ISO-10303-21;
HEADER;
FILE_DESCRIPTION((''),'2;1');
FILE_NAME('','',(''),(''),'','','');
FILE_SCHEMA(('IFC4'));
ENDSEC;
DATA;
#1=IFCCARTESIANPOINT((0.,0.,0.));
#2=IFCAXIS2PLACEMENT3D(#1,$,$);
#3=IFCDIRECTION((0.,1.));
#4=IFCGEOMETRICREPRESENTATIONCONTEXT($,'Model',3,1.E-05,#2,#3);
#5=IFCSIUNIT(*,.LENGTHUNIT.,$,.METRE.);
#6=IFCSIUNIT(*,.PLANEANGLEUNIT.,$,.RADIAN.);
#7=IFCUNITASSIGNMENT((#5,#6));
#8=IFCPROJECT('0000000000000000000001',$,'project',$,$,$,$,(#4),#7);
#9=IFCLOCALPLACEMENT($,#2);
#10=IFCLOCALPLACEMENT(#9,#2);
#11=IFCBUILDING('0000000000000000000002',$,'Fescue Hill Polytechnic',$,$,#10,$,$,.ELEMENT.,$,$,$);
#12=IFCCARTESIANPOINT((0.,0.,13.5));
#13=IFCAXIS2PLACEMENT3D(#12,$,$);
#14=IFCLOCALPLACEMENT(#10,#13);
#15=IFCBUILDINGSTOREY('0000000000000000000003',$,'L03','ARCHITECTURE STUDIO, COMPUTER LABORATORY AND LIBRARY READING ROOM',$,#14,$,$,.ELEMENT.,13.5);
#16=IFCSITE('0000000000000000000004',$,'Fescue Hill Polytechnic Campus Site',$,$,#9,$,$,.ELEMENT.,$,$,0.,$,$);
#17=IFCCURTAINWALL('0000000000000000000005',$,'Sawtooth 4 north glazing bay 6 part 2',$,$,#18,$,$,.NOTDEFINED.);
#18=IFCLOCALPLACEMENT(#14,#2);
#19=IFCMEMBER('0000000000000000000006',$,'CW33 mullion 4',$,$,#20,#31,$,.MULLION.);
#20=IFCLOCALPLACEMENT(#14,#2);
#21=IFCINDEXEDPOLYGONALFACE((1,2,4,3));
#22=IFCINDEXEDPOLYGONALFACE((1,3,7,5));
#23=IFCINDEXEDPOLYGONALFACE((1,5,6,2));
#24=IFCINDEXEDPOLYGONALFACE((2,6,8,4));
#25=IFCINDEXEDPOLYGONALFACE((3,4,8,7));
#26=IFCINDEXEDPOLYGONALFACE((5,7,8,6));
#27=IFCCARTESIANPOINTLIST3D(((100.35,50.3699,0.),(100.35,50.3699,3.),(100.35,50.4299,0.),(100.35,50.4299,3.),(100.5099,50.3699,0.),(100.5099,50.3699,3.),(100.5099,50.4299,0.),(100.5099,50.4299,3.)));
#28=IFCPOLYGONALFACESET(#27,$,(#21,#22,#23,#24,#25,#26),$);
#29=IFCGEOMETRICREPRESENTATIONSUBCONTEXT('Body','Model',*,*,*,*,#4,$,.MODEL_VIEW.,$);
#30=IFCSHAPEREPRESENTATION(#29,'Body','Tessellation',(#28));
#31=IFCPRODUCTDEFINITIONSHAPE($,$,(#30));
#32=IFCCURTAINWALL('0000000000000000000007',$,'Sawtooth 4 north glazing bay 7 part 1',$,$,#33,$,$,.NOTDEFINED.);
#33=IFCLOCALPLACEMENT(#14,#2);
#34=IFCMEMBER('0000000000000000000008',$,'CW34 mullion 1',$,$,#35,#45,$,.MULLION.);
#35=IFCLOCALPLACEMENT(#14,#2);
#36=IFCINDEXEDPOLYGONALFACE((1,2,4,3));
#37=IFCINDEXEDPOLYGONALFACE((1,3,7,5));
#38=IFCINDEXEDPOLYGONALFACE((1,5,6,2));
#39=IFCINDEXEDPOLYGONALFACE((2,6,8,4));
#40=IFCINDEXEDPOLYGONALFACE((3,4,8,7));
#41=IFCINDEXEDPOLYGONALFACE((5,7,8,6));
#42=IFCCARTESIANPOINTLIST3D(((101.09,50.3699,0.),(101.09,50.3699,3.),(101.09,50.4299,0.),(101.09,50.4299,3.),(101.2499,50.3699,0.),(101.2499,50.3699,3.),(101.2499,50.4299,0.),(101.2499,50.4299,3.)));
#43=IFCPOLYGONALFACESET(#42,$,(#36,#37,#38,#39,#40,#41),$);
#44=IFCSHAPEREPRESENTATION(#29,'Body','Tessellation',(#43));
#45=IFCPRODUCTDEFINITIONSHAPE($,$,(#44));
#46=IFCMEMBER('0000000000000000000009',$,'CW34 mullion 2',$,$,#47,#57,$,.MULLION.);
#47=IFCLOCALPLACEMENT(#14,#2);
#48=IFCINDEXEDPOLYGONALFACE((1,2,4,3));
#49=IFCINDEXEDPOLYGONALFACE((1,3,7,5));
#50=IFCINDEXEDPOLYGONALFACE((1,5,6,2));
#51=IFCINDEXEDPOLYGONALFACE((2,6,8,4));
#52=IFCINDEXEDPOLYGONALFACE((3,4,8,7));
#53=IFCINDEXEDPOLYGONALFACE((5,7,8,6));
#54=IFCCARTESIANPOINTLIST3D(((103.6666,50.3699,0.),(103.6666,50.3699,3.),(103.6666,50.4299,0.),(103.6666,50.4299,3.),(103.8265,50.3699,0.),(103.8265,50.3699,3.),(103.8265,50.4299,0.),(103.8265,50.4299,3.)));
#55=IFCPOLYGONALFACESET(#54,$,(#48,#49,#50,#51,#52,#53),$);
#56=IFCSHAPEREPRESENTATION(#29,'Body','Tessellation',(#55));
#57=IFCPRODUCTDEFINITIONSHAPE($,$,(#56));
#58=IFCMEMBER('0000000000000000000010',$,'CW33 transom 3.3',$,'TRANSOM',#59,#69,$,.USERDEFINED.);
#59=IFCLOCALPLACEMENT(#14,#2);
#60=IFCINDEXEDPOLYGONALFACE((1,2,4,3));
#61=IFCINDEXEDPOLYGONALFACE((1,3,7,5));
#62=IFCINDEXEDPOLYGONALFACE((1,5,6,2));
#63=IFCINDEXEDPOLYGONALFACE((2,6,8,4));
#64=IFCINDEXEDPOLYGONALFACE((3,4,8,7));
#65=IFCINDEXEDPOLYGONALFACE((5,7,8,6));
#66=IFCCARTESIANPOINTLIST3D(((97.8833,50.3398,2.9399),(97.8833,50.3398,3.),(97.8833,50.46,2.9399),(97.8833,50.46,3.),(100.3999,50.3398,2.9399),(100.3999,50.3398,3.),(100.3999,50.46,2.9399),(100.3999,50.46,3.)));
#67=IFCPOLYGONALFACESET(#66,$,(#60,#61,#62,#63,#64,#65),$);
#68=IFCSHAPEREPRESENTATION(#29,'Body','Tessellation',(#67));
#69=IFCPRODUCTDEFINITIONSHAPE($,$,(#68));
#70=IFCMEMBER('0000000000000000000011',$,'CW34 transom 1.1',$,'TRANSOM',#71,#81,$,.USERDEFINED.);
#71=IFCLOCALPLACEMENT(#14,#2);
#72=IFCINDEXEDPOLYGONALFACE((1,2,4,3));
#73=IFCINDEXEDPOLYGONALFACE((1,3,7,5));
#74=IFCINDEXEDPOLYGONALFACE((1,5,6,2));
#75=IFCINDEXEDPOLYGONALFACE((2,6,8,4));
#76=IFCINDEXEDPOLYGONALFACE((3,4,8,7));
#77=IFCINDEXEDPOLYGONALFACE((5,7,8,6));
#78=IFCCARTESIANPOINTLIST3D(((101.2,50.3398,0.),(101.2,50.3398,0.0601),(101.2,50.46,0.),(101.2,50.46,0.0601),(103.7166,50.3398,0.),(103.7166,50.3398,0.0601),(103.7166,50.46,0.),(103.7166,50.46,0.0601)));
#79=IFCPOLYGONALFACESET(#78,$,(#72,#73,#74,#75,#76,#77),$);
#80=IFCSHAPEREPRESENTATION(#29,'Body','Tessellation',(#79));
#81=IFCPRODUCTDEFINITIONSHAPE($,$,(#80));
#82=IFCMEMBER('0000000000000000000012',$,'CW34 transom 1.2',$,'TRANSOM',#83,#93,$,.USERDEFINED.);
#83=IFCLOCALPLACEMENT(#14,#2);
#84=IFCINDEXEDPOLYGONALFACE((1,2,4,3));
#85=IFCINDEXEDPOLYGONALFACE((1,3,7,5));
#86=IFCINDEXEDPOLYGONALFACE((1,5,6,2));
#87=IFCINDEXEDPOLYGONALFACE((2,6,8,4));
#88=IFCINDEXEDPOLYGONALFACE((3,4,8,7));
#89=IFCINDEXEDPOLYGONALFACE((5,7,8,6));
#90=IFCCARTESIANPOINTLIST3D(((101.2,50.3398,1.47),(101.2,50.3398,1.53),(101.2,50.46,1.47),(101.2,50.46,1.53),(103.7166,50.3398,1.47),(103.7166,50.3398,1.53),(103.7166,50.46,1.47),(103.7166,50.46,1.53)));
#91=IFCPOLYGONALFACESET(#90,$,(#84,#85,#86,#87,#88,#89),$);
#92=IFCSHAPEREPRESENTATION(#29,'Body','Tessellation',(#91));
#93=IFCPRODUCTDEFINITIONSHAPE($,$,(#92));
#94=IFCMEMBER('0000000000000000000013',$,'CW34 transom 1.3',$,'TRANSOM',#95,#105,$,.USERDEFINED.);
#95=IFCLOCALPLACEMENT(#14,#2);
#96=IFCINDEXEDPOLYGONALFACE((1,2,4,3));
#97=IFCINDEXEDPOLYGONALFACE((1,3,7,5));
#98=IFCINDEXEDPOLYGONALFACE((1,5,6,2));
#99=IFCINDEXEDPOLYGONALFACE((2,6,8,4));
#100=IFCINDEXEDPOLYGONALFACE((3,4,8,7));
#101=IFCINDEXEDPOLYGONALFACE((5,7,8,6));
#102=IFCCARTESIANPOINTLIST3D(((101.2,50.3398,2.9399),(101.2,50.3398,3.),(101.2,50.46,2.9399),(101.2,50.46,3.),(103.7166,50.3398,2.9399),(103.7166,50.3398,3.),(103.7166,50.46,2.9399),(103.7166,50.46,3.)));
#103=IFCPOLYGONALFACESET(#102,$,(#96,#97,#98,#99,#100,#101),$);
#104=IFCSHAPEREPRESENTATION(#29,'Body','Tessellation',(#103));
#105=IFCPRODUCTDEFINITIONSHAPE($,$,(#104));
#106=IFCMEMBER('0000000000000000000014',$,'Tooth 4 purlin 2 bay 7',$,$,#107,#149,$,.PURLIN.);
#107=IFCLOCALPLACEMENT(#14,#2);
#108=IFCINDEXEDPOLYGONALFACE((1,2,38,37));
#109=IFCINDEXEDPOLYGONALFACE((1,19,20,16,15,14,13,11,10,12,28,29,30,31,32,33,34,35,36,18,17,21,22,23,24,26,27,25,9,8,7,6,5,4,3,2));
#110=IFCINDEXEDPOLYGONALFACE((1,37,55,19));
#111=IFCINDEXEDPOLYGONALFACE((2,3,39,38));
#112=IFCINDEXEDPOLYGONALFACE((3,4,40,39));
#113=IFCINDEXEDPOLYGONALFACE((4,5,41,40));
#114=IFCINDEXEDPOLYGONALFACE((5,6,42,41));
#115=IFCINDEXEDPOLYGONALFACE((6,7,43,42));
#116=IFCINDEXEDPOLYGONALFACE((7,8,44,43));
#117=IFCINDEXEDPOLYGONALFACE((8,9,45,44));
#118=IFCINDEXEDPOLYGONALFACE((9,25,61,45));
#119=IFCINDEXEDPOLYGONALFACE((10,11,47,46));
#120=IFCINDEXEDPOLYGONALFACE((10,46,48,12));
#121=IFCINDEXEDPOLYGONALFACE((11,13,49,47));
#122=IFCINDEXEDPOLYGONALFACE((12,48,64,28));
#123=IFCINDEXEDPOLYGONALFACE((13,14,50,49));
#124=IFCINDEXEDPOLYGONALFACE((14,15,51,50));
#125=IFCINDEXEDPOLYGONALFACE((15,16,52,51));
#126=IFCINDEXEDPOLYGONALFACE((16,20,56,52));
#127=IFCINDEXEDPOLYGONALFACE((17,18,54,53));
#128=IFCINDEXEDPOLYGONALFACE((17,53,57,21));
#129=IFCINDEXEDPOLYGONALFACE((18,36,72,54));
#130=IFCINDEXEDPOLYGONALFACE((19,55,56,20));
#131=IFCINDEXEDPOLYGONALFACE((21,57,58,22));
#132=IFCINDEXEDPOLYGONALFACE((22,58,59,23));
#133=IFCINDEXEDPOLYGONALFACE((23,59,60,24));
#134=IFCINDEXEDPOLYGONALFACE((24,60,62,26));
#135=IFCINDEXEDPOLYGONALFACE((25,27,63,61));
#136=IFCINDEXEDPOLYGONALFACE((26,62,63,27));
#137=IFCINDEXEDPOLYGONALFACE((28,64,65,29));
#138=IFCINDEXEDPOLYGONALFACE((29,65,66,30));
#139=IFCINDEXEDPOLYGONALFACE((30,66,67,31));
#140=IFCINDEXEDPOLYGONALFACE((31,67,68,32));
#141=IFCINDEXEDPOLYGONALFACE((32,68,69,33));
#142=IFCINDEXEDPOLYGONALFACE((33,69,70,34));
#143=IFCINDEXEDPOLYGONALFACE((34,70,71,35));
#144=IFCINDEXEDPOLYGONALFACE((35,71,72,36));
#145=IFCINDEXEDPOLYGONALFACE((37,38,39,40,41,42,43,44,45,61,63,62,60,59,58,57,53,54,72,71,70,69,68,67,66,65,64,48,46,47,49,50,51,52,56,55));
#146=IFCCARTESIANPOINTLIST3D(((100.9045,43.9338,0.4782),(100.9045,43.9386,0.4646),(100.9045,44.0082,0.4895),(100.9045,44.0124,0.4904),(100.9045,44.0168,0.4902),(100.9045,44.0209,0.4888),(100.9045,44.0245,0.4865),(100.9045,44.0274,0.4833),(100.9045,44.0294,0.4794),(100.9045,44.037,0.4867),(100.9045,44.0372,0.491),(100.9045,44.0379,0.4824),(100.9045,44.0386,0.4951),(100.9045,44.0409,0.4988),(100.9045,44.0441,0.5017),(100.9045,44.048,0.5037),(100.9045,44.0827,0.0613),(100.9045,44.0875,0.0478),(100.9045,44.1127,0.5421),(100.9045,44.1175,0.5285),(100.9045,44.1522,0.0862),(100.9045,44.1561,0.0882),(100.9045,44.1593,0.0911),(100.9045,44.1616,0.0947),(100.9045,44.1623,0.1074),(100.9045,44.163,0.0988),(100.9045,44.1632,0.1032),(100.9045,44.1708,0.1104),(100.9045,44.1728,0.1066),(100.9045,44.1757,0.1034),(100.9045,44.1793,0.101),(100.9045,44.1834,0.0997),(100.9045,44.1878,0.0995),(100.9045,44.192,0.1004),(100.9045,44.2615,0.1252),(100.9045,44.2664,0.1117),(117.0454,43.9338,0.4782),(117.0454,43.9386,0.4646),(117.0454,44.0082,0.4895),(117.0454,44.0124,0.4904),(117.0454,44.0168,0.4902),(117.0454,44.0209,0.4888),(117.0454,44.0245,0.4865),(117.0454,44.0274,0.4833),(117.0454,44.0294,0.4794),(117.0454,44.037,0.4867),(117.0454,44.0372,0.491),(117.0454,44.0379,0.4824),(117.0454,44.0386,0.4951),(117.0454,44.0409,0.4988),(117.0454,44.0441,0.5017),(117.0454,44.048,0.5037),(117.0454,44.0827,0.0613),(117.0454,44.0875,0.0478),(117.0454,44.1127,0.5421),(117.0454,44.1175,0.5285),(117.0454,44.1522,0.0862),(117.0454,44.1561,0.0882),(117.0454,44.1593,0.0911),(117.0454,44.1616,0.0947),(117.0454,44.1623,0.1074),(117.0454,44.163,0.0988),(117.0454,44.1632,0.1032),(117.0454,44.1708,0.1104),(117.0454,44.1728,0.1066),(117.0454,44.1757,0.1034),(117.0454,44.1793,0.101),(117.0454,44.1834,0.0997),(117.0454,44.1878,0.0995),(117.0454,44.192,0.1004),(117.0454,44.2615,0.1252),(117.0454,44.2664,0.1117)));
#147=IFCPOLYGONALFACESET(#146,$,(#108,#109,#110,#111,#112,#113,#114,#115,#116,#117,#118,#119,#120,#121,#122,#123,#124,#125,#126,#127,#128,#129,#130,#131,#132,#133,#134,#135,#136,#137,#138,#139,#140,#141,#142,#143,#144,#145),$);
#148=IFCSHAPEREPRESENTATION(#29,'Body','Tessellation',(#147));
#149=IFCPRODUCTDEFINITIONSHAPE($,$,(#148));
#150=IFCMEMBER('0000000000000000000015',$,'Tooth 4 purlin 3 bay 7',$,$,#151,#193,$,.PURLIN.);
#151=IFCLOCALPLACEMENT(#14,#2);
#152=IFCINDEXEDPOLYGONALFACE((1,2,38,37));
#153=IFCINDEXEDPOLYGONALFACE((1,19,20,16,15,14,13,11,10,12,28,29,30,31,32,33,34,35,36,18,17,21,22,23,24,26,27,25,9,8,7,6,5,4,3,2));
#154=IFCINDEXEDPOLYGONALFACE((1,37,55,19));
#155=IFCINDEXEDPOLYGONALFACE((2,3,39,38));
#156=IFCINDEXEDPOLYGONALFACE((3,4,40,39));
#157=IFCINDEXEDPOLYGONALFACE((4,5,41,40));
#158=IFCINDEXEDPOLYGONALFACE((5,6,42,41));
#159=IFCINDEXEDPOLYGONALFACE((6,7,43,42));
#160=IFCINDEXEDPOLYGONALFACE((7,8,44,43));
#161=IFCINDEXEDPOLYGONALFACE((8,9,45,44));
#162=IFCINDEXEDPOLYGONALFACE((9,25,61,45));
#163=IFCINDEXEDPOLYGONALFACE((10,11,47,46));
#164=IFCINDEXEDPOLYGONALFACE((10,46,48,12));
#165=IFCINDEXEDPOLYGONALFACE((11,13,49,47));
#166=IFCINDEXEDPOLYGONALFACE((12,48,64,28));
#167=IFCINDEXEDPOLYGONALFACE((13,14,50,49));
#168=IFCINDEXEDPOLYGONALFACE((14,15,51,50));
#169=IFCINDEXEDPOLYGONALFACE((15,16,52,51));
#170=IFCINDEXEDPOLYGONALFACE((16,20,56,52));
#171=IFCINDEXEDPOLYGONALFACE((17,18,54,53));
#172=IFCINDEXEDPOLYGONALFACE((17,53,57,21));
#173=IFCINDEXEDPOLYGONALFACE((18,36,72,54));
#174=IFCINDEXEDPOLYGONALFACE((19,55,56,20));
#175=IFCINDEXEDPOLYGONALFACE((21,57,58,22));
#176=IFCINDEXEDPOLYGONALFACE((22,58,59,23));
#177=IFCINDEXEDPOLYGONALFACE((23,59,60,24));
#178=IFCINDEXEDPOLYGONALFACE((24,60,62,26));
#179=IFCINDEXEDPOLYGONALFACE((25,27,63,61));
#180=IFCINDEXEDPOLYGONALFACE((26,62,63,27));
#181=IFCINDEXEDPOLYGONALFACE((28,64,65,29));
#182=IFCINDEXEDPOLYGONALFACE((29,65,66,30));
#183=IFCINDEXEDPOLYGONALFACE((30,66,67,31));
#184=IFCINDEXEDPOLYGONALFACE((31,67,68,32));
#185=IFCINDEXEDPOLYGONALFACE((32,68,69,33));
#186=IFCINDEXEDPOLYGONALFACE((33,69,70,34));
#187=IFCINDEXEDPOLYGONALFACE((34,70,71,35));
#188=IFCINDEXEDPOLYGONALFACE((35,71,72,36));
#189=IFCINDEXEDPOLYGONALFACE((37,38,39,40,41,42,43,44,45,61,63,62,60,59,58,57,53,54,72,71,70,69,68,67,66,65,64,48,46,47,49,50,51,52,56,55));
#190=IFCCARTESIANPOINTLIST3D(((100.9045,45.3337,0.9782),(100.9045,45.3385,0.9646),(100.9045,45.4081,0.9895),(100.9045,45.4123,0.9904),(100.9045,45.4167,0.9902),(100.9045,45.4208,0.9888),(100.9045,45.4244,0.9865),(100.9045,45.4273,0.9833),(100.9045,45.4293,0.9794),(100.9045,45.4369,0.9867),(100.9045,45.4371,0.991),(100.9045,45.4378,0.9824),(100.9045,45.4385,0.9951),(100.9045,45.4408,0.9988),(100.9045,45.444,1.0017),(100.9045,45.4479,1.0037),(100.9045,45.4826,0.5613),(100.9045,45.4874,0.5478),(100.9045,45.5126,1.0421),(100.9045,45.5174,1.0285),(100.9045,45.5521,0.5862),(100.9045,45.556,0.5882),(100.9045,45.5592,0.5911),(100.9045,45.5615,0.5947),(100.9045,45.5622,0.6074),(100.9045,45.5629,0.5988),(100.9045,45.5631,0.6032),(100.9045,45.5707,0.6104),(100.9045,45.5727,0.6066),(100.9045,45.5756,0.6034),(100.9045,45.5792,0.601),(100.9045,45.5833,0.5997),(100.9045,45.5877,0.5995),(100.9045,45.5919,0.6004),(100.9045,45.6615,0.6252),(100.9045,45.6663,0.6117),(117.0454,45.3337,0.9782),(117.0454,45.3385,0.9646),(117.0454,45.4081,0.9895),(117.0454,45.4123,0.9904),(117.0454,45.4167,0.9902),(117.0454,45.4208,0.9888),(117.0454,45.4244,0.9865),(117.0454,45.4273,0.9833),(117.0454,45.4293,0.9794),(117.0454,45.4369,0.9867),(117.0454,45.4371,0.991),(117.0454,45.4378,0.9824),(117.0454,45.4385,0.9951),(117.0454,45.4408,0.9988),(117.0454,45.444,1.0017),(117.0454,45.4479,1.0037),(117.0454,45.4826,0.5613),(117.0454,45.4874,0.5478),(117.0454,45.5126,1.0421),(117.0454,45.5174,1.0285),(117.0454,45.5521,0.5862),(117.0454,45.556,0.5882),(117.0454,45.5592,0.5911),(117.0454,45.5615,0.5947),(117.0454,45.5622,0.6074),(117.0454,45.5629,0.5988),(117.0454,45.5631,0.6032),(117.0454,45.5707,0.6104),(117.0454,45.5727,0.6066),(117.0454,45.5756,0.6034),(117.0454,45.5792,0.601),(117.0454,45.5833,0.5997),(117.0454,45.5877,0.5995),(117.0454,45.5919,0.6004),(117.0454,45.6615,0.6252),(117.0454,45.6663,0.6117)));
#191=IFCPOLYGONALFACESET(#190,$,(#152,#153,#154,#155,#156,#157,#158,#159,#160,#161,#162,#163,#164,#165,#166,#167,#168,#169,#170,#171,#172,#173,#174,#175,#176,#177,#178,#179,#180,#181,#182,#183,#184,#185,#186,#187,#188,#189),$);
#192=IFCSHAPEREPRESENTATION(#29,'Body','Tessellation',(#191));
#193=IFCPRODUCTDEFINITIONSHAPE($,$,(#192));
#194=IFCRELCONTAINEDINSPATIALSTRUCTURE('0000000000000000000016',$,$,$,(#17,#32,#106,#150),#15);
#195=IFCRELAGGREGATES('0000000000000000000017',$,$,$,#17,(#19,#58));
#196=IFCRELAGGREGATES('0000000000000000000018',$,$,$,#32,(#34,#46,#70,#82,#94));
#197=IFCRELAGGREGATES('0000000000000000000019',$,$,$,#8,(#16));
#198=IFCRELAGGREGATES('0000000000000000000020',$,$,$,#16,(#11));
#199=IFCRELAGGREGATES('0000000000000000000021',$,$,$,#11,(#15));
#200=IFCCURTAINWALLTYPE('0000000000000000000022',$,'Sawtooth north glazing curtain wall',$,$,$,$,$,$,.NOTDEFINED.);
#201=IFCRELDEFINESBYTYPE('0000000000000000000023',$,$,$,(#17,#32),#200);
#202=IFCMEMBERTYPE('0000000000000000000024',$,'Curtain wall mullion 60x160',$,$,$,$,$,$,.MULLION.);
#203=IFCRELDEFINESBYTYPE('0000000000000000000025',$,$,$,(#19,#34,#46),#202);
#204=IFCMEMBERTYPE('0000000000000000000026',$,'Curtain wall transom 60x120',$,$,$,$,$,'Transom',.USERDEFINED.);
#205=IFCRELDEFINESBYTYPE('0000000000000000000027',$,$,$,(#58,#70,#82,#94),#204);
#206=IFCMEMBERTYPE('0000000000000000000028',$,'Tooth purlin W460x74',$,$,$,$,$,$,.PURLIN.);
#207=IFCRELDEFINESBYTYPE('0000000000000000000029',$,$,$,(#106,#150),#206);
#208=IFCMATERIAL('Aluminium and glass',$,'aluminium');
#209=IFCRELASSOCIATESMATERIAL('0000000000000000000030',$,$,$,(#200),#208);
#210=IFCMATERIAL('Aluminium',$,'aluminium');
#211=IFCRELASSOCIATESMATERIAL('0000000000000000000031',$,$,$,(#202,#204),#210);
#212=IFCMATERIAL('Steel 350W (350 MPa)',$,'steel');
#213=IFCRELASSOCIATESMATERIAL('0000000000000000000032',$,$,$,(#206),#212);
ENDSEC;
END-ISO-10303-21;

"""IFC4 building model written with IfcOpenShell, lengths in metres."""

from ifc_helpers import new_model, si_unit, direction, frame, origin, origin_2d, place, context, subcontext, project, spatial, rectangle, i_section, extrude, material, material_profile, profile_set, type_object, element, aggregate, save


model = new_model("IFC4")

# Units and contexts
model_context = context("Model", 3, precision=1e-05, world=origin(), true_north=direction((0.0, 1.0)))
body_context = subcontext(model_context, "Body", "Model", "MODEL_VIEW")
ifc_project = project(units=[si_unit("LENGTHUNIT", "METRE"), si_unit("PLANEANGLEUNIT", "RADIAN")], contexts=[model_context])

# Site, building, storey
site_placement = place(None, origin())
site = spatial("IfcSite", under=ifc_project, at=site_placement, Name="Fescue Hill Polytechnic Campus Site", CompositionType="ELEMENT", RefElevation=0.0)
building_placement = place(site_placement, origin())
building = spatial("IfcBuilding", under=site, at=building_placement, Name="Fescue Hill Polytechnic", CompositionType="ELEMENT")
storey_placement = place(building_placement, frame((0.0, 0.0, 13.5)))
storey = spatial("IfcBuildingStorey", under=building, at=storey_placement, Name="L03", Description="ARCHITECTURE STUDIO, COMPUTER LABORATORY AND LIBRARY READING ROOM", CompositionType="ELEMENT", Elevation=13.5)

# Curtain wall, member
ifc_material_1 = material(Name="Aluminium and glass", Category="aluminium")
curtain_wall_type = type_object("IfcCurtainWallType", Name="Sawtooth north glazing curtain wall", PredefinedType="NOTDEFINED", material=ifc_material_1)
curtain_wall_1_placement = place(storey_placement, origin())
curtain_wall_1 = element("IfcCurtainWall", 1, at=curtain_wall_1_placement, inside=storey, type_object=curtain_wall_type, Name="Sawtooth 4 north glazing bay 6 part 2", PredefinedType="NOTDEFINED")
ifc_material_2 = material(Name="Aluminium", Category="aluminium")
ifc_material_profile_1 = material_profile(ifc_material_2, rectangle(XDim=0.0601, YDim=0.1599, at=origin_2d()), Name="Curtain wall mullion 60x160")
ifc_profile_set_1 = profile_set([ifc_material_profile_1], Name="Aluminium")
member_type_1 = type_object("IfcMemberType", Name="Curtain wall mullion 60x160", PredefinedType="MULLION", material=ifc_profile_set_1)
member_1_placement = place(storey_placement, frame((100.4299, 50.3999, 0.0), z_axis=(0.0, 0.0, 1.0), x_axis=(0.0, 1.0, 0.0)))
member_1 = element("IfcMember", 2, at=member_1_placement, type_object=member_type_1, Name="CW33 mullion 4", PredefinedType="MULLION", context=body_context, shape_type="SweptSolid", body=[
    extrude(rectangle(XDim=0.0601, YDim=0.1599, at=origin_2d()), origin(), (0.0, 0.0, 1.0), 3.0),
])

# Curtain wall, members
curtain_wall_2_placement = place(storey_placement, origin())
curtain_wall_2 = element("IfcCurtainWall", 3, at=curtain_wall_2_placement, inside=storey, type_object=curtain_wall_type, Name="Sawtooth 4 north glazing bay 7 part 1", PredefinedType="NOTDEFINED")
member_2_placement = place(storey_placement, frame((101.1699, 50.3999, 0.0), z_axis=(0.0, 0.0, 1.0), x_axis=(0.0, 1.0, 0.0)))
member_2 = element("IfcMember", 4, at=member_2_placement, type_object=member_type_1, Name="CW34 mullion 1", PredefinedType="MULLION", context=body_context, shape_type="SweptSolid", body=[
    extrude(rectangle(XDim=0.0601, YDim=0.1599, at=origin_2d()), origin(), (0.0, 0.0, 1.0), 3.0),
])
member_3_placement = place(storey_placement, frame((103.7466, 50.3999, 0.0), z_axis=(0.0, 0.0, 1.0), x_axis=(0.0, 1.0, 0.0)))
member_3 = element("IfcMember", 5, at=member_3_placement, type_object=member_type_1, Name="CW34 mullion 2", PredefinedType="MULLION", context=body_context, shape_type="SweptSolid", body=[
    extrude(rectangle(XDim=0.0601, YDim=0.1599, at=origin_2d()), origin(), (0.0, 0.0, 1.0), 3.0),
])

# Members
ifc_material_profile_2 = material_profile(ifc_material_2, rectangle(XDim=0.1201, YDim=0.0601, at=origin_2d()), Name="Curtain wall transom 60x120")
ifc_profile_set_2 = profile_set([ifc_material_profile_2], Name="Aluminium")
member_type_2 = type_object("IfcMemberType", Name="Curtain wall transom 60x120", ElementType="Transom", PredefinedType="USERDEFINED", material=ifc_profile_set_2)
member_4_placement = place(storey_placement, frame((97.8833, 50.3999, 2.97), z_axis=(1.0, 0.0, 0.0), x_axis=(0.0, 1.0, 0.0)))
member_4 = element("IfcMember", 6, at=member_4_placement, type_object=member_type_2, Name="CW33 transom 3.3", ObjectType="TRANSOM", PredefinedType="USERDEFINED", context=body_context, shape_type="SweptSolid", body=[
    extrude(rectangle(XDim=0.1201, YDim=0.0601, at=origin_2d()), origin(), (0.0, 0.0, 1.0), 2.5166),
])
member_5_placement = place(storey_placement, frame((101.2, 50.3999, 0.03), z_axis=(1.0, 0.0, 0.0), x_axis=(0.0, 1.0, 0.0)))
member_5 = element("IfcMember", 7, at=member_5_placement, type_object=member_type_2, Name="CW34 transom 1.1", ObjectType="TRANSOM", PredefinedType="USERDEFINED", context=body_context, shape_type="SweptSolid", body=[
    extrude(rectangle(XDim=0.1201, YDim=0.0601, at=origin_2d()), origin(), (0.0, 0.0, 1.0), 2.5166),
])
member_6_placement = place(storey_placement, frame((101.2, 50.3999, 1.5), z_axis=(1.0, 0.0, 0.0), x_axis=(0.0, 1.0, 0.0)))
member_6 = element("IfcMember", 8, at=member_6_placement, type_object=member_type_2, Name="CW34 transom 1.2", ObjectType="TRANSOM", PredefinedType="USERDEFINED", context=body_context, shape_type="SweptSolid", body=[
    extrude(rectangle(XDim=0.1201, YDim=0.0601, at=origin_2d()), origin(), (0.0, 0.0, 1.0), 2.5166),
])
member_7_placement = place(storey_placement, frame((101.2, 50.3999, 2.97), z_axis=(1.0, 0.0, 0.0), x_axis=(0.0, 1.0, 0.0)))
member_7 = element("IfcMember", 9, at=member_7_placement, type_object=member_type_2, Name="CW34 transom 1.3", ObjectType="TRANSOM", PredefinedType="USERDEFINED", context=body_context, shape_type="SweptSolid", body=[
    extrude(rectangle(XDim=0.1201, YDim=0.0601, at=origin_2d()), origin(), (0.0, 0.0, 1.0), 2.5166),
])

# Members
ifc_material_3 = material(Name="Steel 350W (350 MPa)", Category="steel")
ifc_material_profile_3 = material_profile(ifc_material_3, i_section(OverallWidth=0.1899, OverallDepth=0.457, WebThickness=0.009, FlangeThickness=0.0144, FilletRadius=0.0166, at=origin_2d()), Name="W460x74")
ifc_profile_set_3 = profile_set([ifc_material_profile_3], Name="Steel 350W (350 MPa)")
member_type_3 = type_object("IfcMemberType", Name="Tooth purlin W460x74", PredefinedType="PURLIN", material=ifc_profile_set_3)
for number, where, z_axis, x_axis, name in (
    (10, (100.9045, 44.1001, 0.2949), (1.0, 0.0, 0.0), (0.0, 0.941742, 0.336336), "Tooth 4 purlin 2 bay 7"),
    (11, (100.9045, 45.5, 0.7949), (1.0, 0.0, 0.0), (0.0, 0.941742, 0.336336), "Tooth 4 purlin 3 bay 7"),
):
    element("IfcMember", number, at=place(storey_placement, frame(where, z_axis=z_axis, x_axis=x_axis)), inside=storey, type_object=member_type_3, Name=name, PredefinedType="PURLIN", context=body_context, shape_type="SweptSolid", body=[
        extrude(i_section(OverallWidth=0.1899, OverallDepth=0.457, WebThickness=0.009, FlangeThickness=0.0144, FilletRadius=0.0166, at=origin_2d()), origin(), (0.0, 0.0, 1.0), 16.1409),
    ])

aggregate(curtain_wall_1, [member_1, member_4])
aggregate(curtain_wall_2, [member_2, member_3, member_5, member_6, member_7])

save(model, "model.ifc")
